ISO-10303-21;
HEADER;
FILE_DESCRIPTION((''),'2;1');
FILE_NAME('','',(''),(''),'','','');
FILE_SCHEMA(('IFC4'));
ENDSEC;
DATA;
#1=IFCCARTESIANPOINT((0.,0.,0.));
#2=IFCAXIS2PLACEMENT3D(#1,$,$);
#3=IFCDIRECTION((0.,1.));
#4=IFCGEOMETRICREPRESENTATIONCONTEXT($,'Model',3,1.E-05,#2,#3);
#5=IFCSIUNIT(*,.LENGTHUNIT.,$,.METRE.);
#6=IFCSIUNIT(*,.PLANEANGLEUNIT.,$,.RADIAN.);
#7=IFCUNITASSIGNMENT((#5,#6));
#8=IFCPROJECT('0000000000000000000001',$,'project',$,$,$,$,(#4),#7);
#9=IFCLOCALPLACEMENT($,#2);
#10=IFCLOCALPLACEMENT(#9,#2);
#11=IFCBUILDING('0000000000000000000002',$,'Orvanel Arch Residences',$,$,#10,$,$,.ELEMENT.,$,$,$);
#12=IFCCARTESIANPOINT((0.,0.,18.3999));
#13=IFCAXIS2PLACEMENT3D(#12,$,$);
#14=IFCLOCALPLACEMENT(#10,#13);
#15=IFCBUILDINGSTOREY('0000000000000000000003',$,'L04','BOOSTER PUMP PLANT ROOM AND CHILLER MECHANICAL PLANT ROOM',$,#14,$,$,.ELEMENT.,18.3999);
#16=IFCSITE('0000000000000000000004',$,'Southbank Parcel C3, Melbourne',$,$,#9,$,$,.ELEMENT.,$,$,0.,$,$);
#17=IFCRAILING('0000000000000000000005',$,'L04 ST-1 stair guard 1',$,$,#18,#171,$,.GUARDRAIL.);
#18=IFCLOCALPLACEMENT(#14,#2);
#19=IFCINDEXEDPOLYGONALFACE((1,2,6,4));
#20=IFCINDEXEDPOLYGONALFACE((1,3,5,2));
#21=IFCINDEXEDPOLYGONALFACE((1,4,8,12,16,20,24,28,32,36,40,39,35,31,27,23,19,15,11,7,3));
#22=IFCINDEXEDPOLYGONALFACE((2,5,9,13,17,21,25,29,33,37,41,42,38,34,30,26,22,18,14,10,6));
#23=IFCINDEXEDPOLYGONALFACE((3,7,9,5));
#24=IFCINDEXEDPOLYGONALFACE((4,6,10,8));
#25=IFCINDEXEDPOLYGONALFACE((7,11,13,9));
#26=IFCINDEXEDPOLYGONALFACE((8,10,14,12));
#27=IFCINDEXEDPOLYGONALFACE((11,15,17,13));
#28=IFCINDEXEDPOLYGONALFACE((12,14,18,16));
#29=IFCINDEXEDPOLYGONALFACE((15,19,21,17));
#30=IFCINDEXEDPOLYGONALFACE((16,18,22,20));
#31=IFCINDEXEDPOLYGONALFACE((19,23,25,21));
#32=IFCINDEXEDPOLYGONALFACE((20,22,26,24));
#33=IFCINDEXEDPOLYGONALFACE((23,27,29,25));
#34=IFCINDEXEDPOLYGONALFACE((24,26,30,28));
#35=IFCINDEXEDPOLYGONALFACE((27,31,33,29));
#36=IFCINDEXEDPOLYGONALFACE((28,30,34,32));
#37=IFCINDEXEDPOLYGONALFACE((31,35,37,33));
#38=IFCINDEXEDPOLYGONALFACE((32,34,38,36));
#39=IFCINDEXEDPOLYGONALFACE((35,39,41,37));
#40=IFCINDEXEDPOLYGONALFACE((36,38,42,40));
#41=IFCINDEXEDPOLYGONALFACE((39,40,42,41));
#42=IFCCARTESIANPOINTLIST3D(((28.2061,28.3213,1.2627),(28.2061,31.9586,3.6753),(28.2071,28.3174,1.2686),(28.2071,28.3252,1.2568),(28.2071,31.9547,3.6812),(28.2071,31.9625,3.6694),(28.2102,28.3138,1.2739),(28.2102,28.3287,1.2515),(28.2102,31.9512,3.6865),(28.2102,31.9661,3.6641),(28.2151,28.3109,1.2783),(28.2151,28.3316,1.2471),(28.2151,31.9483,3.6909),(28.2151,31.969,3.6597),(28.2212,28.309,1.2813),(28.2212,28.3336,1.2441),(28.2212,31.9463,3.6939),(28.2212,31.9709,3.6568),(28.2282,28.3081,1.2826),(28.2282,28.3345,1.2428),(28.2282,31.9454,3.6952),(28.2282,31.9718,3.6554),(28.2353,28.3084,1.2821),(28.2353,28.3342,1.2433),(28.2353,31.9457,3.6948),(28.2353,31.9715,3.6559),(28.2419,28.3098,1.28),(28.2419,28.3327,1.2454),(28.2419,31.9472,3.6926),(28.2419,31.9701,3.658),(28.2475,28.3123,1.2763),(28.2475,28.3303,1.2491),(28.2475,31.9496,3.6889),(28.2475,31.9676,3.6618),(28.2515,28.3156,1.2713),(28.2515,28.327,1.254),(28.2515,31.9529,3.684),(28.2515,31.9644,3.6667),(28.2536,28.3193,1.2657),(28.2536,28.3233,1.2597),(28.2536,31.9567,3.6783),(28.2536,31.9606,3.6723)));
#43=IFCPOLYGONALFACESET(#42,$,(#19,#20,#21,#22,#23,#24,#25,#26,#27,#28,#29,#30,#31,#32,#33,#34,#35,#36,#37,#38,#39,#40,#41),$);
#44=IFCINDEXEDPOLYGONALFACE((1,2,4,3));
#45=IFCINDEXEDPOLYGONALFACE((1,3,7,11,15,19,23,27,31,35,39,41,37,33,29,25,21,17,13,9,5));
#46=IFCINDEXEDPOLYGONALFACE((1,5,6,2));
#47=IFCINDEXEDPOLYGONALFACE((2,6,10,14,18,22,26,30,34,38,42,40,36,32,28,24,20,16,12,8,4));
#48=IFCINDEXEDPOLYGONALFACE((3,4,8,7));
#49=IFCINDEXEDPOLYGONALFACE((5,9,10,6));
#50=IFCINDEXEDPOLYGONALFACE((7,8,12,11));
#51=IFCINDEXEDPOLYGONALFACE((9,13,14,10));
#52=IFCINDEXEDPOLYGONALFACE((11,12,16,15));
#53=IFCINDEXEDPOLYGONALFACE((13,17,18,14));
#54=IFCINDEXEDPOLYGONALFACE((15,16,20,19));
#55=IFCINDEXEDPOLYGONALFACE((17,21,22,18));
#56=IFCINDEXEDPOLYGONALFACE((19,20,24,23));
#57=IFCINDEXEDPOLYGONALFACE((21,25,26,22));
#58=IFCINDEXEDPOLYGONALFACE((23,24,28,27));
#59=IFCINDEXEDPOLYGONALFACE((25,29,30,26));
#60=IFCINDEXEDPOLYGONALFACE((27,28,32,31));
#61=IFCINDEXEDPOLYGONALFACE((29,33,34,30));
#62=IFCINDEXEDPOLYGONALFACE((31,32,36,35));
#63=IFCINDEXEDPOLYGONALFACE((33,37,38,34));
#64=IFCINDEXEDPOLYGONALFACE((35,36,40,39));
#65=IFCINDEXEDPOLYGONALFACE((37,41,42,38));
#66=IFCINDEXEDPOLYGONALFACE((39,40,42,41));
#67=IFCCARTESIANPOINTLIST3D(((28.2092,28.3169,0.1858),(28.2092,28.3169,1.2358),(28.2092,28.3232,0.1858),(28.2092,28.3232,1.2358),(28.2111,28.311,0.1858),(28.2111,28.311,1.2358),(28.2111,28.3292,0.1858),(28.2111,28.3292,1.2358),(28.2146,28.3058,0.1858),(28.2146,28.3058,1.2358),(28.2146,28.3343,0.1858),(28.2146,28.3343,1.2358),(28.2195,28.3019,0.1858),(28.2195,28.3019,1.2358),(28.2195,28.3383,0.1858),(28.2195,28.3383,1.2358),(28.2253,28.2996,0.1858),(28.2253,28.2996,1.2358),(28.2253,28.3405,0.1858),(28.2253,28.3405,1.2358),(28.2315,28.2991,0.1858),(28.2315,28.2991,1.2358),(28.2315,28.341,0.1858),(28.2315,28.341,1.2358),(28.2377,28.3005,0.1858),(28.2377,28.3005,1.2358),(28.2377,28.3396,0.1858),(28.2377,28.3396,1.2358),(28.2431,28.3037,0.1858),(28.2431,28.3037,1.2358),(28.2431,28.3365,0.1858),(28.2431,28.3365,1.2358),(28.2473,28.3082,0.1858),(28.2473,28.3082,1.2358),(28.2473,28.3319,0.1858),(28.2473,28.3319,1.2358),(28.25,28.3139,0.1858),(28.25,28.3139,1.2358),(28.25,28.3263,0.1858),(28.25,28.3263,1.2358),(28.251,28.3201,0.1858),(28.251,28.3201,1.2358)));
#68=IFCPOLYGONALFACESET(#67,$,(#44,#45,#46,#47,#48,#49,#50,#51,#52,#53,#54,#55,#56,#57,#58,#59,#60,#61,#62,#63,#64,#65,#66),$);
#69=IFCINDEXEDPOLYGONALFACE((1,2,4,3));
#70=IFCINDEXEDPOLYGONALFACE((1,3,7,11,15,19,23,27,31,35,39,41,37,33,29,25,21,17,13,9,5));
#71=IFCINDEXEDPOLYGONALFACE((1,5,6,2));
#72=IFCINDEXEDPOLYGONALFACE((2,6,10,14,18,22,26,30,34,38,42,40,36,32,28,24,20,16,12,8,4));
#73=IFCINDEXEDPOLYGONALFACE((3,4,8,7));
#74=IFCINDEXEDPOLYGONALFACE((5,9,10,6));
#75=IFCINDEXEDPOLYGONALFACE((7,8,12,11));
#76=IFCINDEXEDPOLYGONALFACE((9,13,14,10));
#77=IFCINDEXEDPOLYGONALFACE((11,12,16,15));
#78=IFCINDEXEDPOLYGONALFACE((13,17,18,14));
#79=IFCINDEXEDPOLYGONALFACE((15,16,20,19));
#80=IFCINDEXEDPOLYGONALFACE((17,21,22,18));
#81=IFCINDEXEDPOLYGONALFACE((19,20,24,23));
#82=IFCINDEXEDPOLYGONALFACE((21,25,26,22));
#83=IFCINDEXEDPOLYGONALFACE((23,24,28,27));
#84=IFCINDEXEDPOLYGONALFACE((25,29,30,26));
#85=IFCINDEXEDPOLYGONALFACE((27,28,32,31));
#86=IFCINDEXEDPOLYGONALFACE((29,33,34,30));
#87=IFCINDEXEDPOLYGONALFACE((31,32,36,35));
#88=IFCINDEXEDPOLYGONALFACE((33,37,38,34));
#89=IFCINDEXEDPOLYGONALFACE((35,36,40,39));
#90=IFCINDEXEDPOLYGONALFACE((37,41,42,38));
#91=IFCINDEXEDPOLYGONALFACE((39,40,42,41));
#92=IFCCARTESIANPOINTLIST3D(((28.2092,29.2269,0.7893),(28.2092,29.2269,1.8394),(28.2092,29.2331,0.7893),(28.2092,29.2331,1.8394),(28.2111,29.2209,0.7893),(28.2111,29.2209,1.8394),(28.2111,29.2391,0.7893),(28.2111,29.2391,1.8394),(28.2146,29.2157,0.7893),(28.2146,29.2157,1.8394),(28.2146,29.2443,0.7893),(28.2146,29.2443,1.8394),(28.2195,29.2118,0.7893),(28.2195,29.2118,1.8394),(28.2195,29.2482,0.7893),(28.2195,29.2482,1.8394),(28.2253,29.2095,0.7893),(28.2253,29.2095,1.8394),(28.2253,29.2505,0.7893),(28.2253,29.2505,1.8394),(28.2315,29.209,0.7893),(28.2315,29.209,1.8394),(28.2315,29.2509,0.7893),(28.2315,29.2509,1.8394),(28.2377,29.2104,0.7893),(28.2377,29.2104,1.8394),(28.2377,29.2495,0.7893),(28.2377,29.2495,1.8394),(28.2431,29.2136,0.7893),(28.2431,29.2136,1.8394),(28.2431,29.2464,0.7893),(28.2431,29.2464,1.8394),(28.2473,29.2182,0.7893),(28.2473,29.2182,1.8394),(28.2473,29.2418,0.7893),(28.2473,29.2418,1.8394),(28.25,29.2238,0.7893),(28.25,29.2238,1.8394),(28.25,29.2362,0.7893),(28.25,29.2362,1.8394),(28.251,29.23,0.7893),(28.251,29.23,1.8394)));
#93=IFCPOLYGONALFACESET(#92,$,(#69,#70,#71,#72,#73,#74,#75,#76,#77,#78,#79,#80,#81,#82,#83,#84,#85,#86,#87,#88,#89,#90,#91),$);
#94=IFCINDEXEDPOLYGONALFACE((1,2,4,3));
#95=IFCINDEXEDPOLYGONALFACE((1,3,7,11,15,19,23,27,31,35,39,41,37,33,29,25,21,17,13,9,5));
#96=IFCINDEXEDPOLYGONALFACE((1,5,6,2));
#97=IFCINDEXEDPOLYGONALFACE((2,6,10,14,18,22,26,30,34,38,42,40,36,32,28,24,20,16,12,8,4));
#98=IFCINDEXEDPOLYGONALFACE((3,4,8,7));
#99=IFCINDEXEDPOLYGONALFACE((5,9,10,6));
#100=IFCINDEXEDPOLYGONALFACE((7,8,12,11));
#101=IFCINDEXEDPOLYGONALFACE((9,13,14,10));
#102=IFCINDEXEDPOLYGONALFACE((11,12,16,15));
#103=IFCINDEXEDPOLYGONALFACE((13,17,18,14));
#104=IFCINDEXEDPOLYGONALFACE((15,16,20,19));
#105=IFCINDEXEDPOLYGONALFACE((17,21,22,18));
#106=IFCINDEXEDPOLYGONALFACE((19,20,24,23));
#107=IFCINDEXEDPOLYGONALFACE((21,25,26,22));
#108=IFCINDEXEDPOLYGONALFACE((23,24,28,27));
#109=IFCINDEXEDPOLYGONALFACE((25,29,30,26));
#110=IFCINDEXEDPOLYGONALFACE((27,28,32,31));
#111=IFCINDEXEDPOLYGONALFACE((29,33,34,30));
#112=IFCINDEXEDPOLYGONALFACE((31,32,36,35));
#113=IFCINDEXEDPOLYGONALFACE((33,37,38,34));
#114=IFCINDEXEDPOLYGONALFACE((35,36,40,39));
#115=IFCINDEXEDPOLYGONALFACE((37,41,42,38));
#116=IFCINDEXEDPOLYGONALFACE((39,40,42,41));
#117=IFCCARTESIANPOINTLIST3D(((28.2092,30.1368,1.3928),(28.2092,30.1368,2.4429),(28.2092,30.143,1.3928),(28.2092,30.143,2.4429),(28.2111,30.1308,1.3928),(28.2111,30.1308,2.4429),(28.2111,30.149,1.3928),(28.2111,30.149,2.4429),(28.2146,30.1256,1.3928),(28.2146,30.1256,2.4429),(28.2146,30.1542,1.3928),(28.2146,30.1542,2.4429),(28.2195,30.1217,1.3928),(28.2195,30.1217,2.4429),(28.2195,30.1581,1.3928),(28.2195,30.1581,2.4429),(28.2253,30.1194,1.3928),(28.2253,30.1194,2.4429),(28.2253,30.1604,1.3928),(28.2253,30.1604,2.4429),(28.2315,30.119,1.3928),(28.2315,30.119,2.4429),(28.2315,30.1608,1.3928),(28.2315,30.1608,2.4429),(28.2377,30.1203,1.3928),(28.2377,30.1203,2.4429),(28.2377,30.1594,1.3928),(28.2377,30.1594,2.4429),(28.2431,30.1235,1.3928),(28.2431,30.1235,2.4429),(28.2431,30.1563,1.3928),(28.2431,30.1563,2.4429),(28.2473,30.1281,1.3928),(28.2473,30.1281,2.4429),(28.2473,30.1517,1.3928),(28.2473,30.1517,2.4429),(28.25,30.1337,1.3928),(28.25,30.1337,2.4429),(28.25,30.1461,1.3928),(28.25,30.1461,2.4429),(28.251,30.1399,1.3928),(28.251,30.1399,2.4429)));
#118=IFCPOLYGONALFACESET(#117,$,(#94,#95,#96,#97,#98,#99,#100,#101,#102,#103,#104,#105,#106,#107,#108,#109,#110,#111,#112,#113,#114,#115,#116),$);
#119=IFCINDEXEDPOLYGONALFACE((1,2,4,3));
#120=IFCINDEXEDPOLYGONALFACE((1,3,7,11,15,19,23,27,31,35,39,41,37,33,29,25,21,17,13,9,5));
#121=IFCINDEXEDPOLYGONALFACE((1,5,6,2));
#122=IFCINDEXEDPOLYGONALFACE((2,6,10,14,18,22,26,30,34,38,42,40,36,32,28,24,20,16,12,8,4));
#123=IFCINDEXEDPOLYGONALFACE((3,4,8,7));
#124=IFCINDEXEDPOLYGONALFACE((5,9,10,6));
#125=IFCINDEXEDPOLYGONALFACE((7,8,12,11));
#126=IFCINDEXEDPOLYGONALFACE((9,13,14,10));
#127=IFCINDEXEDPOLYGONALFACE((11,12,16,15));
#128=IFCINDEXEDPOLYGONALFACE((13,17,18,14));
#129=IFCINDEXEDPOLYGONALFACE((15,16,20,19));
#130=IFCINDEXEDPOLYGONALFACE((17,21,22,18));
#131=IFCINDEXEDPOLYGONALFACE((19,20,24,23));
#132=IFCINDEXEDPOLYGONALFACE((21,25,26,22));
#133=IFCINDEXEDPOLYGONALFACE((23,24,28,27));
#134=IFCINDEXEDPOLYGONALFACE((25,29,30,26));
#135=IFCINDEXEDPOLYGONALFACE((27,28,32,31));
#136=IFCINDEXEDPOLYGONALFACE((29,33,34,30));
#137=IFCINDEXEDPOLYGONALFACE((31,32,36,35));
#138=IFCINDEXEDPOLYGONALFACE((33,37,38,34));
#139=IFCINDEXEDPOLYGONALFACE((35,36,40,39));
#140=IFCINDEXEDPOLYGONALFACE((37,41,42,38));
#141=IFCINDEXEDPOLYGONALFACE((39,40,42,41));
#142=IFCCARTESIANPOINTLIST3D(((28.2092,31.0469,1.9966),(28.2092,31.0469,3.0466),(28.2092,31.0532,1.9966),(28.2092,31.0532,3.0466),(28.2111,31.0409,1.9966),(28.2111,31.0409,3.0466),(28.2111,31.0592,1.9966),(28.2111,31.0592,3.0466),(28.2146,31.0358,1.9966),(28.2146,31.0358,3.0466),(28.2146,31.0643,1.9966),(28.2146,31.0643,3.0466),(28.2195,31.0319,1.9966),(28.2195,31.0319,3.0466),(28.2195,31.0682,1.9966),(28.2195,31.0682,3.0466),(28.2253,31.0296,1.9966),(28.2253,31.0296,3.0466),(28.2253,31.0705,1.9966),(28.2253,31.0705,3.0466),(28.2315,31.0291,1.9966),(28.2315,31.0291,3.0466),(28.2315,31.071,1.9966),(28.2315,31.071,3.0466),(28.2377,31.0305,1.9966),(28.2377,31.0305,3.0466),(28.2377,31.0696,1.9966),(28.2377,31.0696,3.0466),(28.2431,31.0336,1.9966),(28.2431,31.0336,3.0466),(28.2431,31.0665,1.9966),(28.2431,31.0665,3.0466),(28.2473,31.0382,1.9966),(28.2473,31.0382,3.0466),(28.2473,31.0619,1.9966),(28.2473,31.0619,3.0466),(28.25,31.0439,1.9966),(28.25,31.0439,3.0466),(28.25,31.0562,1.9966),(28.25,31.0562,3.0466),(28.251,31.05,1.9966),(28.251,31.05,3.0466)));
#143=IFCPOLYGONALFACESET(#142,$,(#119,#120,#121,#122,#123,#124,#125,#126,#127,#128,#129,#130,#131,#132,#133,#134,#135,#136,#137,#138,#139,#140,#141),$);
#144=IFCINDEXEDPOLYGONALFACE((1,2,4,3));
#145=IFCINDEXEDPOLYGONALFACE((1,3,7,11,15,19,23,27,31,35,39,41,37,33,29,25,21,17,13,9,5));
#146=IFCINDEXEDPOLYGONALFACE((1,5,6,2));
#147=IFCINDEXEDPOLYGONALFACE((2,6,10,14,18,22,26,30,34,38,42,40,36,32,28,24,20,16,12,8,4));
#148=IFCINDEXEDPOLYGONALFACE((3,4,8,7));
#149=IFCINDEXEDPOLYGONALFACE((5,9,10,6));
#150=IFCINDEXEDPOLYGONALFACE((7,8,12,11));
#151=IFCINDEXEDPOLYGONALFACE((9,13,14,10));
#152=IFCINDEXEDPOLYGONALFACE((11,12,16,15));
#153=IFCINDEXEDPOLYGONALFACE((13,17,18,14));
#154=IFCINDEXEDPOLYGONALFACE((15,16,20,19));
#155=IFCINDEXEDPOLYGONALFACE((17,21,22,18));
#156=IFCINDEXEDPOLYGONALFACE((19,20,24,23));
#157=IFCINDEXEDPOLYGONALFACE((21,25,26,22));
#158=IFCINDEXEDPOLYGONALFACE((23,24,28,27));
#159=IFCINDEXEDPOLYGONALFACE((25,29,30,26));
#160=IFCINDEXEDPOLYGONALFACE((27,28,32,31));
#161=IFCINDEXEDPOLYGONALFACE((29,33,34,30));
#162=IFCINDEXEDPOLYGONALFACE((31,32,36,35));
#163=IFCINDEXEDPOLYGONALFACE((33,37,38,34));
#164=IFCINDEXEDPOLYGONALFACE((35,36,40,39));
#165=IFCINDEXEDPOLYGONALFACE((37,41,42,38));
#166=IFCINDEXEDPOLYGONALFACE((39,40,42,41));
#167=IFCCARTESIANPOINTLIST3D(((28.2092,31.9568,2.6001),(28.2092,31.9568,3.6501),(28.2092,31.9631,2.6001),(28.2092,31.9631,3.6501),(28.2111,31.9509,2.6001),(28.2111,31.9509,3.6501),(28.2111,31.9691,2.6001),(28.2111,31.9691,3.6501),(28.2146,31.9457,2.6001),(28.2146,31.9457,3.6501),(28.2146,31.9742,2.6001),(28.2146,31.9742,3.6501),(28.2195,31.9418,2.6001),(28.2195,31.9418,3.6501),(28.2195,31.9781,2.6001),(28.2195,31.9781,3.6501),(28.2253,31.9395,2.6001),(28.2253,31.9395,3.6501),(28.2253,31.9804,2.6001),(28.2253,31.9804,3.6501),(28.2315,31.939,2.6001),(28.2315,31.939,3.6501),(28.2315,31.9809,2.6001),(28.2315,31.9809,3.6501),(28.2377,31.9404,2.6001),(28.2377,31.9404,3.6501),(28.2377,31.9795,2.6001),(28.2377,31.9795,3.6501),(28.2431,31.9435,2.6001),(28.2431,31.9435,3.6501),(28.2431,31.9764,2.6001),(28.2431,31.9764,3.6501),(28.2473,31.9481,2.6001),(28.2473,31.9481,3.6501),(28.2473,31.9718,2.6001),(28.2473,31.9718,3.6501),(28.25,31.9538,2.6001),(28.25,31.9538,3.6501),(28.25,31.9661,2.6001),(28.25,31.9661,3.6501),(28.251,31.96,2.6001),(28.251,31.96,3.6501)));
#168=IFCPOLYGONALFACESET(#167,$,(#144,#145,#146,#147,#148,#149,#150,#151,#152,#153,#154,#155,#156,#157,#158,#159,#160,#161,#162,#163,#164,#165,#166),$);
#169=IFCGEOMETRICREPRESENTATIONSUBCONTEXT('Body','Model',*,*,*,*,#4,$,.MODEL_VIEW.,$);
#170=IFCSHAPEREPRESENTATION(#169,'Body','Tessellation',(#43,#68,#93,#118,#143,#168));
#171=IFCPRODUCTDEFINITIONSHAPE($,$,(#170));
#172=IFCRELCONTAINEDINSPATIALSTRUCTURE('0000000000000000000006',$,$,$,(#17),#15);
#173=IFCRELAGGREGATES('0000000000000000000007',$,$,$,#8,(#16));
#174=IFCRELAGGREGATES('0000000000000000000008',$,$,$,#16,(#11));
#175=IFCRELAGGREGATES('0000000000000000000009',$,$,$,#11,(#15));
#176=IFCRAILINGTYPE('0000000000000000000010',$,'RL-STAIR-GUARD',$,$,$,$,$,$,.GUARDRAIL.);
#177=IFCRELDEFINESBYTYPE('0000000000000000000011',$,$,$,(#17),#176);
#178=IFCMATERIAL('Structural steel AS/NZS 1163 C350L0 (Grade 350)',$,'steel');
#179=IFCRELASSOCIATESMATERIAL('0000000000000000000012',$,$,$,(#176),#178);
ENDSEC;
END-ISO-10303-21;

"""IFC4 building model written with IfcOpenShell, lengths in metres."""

from ifc_helpers import new_model, si_unit, direction, frame, origin, origin_2d, place, context, subcontext, project, spatial, circle, extrude, material, type_object, element, save


model = new_model("IFC4")

# Units and contexts
model_context = context("Model", 3, precision=1e-05, world=origin(), true_north=direction((0.0, 1.0)))
body_context = subcontext(model_context, "Body", "Model", "MODEL_VIEW")
ifc_project = project(units=[si_unit("LENGTHUNIT", "METRE"), si_unit("PLANEANGLEUNIT", "RADIAN")], contexts=[model_context])

# Site, building, storey
site_placement = place(None, origin())
site = spatial("IfcSite", under=ifc_project, at=site_placement, Name="Southbank Parcel C3, Melbourne", CompositionType="ELEMENT", RefElevation=0.0)
building_placement = place(site_placement, origin())
building = spatial("IfcBuilding", under=site, at=building_placement, Name="Orvanel Arch Residences", CompositionType="ELEMENT")
storey_placement = place(building_placement, frame((0.0, 0.0, 18.3999)))
storey = spatial("IfcBuildingStorey", under=building, at=storey_placement, Name="L04", Description="BOOSTER PUMP PLANT ROOM AND CHILLER MECHANICAL PLANT ROOM", CompositionType="ELEMENT", Elevation=18.3999)

# Railing
ifc_material_1 = material(Name="Structural steel AS/NZS 1163 C350L0 (Grade 350)", Category="steel")
railing_type_1 = type_object("IfcRailingType", Name="RL-STAIR-GUARD", PredefinedType="GUARDRAIL", material=ifc_material_1)
railing_1_placement = place(storey_placement, frame((28.23, 28.3201, 0.1858)))
element("IfcRailing", 1, at=railing_1_placement, inside=storey, type_object=railing_type_1, Name="L04 ST-1 stair guard 1", PredefinedType="GUARDRAIL", context=body_context, shape_type="SweptSolid", body=[
    extrude(circle(Radius=0.0239, at=origin_2d()), frame((0.0, 0.0012, 1.0769), z_axis=(0.0, 0.833347, 0.552751), x_axis=(-1.0, 0.0, 0.0)), (0.0, 0.0, 1.0), 4.3647),
    extrude(circle(Radius=0.021, at=origin_2d()), origin(), (0.0, 0.0, 1.0), 1.05),
    extrude(circle(Radius=0.021, at=origin_2d()), frame((0.0, 0.9099, 0.6035)), (0.0, 0.0, 1.0), 1.05),
    extrude(circle(Radius=0.021, at=origin_2d()), frame((0.0, 1.8198, 1.207)), (0.0, 0.0, 1.0), 1.05),
    extrude(circle(Radius=0.021, at=origin_2d()), frame((0.0, 2.73, 1.8108)), (0.0, 0.0, 1.0), 1.05),
    extrude(circle(Radius=0.021, at=origin_2d()), frame((0.0, 3.6399, 2.4143)), (0.0, 0.0, 1.0), 1.05),
])

save(model, "model.ifc")
